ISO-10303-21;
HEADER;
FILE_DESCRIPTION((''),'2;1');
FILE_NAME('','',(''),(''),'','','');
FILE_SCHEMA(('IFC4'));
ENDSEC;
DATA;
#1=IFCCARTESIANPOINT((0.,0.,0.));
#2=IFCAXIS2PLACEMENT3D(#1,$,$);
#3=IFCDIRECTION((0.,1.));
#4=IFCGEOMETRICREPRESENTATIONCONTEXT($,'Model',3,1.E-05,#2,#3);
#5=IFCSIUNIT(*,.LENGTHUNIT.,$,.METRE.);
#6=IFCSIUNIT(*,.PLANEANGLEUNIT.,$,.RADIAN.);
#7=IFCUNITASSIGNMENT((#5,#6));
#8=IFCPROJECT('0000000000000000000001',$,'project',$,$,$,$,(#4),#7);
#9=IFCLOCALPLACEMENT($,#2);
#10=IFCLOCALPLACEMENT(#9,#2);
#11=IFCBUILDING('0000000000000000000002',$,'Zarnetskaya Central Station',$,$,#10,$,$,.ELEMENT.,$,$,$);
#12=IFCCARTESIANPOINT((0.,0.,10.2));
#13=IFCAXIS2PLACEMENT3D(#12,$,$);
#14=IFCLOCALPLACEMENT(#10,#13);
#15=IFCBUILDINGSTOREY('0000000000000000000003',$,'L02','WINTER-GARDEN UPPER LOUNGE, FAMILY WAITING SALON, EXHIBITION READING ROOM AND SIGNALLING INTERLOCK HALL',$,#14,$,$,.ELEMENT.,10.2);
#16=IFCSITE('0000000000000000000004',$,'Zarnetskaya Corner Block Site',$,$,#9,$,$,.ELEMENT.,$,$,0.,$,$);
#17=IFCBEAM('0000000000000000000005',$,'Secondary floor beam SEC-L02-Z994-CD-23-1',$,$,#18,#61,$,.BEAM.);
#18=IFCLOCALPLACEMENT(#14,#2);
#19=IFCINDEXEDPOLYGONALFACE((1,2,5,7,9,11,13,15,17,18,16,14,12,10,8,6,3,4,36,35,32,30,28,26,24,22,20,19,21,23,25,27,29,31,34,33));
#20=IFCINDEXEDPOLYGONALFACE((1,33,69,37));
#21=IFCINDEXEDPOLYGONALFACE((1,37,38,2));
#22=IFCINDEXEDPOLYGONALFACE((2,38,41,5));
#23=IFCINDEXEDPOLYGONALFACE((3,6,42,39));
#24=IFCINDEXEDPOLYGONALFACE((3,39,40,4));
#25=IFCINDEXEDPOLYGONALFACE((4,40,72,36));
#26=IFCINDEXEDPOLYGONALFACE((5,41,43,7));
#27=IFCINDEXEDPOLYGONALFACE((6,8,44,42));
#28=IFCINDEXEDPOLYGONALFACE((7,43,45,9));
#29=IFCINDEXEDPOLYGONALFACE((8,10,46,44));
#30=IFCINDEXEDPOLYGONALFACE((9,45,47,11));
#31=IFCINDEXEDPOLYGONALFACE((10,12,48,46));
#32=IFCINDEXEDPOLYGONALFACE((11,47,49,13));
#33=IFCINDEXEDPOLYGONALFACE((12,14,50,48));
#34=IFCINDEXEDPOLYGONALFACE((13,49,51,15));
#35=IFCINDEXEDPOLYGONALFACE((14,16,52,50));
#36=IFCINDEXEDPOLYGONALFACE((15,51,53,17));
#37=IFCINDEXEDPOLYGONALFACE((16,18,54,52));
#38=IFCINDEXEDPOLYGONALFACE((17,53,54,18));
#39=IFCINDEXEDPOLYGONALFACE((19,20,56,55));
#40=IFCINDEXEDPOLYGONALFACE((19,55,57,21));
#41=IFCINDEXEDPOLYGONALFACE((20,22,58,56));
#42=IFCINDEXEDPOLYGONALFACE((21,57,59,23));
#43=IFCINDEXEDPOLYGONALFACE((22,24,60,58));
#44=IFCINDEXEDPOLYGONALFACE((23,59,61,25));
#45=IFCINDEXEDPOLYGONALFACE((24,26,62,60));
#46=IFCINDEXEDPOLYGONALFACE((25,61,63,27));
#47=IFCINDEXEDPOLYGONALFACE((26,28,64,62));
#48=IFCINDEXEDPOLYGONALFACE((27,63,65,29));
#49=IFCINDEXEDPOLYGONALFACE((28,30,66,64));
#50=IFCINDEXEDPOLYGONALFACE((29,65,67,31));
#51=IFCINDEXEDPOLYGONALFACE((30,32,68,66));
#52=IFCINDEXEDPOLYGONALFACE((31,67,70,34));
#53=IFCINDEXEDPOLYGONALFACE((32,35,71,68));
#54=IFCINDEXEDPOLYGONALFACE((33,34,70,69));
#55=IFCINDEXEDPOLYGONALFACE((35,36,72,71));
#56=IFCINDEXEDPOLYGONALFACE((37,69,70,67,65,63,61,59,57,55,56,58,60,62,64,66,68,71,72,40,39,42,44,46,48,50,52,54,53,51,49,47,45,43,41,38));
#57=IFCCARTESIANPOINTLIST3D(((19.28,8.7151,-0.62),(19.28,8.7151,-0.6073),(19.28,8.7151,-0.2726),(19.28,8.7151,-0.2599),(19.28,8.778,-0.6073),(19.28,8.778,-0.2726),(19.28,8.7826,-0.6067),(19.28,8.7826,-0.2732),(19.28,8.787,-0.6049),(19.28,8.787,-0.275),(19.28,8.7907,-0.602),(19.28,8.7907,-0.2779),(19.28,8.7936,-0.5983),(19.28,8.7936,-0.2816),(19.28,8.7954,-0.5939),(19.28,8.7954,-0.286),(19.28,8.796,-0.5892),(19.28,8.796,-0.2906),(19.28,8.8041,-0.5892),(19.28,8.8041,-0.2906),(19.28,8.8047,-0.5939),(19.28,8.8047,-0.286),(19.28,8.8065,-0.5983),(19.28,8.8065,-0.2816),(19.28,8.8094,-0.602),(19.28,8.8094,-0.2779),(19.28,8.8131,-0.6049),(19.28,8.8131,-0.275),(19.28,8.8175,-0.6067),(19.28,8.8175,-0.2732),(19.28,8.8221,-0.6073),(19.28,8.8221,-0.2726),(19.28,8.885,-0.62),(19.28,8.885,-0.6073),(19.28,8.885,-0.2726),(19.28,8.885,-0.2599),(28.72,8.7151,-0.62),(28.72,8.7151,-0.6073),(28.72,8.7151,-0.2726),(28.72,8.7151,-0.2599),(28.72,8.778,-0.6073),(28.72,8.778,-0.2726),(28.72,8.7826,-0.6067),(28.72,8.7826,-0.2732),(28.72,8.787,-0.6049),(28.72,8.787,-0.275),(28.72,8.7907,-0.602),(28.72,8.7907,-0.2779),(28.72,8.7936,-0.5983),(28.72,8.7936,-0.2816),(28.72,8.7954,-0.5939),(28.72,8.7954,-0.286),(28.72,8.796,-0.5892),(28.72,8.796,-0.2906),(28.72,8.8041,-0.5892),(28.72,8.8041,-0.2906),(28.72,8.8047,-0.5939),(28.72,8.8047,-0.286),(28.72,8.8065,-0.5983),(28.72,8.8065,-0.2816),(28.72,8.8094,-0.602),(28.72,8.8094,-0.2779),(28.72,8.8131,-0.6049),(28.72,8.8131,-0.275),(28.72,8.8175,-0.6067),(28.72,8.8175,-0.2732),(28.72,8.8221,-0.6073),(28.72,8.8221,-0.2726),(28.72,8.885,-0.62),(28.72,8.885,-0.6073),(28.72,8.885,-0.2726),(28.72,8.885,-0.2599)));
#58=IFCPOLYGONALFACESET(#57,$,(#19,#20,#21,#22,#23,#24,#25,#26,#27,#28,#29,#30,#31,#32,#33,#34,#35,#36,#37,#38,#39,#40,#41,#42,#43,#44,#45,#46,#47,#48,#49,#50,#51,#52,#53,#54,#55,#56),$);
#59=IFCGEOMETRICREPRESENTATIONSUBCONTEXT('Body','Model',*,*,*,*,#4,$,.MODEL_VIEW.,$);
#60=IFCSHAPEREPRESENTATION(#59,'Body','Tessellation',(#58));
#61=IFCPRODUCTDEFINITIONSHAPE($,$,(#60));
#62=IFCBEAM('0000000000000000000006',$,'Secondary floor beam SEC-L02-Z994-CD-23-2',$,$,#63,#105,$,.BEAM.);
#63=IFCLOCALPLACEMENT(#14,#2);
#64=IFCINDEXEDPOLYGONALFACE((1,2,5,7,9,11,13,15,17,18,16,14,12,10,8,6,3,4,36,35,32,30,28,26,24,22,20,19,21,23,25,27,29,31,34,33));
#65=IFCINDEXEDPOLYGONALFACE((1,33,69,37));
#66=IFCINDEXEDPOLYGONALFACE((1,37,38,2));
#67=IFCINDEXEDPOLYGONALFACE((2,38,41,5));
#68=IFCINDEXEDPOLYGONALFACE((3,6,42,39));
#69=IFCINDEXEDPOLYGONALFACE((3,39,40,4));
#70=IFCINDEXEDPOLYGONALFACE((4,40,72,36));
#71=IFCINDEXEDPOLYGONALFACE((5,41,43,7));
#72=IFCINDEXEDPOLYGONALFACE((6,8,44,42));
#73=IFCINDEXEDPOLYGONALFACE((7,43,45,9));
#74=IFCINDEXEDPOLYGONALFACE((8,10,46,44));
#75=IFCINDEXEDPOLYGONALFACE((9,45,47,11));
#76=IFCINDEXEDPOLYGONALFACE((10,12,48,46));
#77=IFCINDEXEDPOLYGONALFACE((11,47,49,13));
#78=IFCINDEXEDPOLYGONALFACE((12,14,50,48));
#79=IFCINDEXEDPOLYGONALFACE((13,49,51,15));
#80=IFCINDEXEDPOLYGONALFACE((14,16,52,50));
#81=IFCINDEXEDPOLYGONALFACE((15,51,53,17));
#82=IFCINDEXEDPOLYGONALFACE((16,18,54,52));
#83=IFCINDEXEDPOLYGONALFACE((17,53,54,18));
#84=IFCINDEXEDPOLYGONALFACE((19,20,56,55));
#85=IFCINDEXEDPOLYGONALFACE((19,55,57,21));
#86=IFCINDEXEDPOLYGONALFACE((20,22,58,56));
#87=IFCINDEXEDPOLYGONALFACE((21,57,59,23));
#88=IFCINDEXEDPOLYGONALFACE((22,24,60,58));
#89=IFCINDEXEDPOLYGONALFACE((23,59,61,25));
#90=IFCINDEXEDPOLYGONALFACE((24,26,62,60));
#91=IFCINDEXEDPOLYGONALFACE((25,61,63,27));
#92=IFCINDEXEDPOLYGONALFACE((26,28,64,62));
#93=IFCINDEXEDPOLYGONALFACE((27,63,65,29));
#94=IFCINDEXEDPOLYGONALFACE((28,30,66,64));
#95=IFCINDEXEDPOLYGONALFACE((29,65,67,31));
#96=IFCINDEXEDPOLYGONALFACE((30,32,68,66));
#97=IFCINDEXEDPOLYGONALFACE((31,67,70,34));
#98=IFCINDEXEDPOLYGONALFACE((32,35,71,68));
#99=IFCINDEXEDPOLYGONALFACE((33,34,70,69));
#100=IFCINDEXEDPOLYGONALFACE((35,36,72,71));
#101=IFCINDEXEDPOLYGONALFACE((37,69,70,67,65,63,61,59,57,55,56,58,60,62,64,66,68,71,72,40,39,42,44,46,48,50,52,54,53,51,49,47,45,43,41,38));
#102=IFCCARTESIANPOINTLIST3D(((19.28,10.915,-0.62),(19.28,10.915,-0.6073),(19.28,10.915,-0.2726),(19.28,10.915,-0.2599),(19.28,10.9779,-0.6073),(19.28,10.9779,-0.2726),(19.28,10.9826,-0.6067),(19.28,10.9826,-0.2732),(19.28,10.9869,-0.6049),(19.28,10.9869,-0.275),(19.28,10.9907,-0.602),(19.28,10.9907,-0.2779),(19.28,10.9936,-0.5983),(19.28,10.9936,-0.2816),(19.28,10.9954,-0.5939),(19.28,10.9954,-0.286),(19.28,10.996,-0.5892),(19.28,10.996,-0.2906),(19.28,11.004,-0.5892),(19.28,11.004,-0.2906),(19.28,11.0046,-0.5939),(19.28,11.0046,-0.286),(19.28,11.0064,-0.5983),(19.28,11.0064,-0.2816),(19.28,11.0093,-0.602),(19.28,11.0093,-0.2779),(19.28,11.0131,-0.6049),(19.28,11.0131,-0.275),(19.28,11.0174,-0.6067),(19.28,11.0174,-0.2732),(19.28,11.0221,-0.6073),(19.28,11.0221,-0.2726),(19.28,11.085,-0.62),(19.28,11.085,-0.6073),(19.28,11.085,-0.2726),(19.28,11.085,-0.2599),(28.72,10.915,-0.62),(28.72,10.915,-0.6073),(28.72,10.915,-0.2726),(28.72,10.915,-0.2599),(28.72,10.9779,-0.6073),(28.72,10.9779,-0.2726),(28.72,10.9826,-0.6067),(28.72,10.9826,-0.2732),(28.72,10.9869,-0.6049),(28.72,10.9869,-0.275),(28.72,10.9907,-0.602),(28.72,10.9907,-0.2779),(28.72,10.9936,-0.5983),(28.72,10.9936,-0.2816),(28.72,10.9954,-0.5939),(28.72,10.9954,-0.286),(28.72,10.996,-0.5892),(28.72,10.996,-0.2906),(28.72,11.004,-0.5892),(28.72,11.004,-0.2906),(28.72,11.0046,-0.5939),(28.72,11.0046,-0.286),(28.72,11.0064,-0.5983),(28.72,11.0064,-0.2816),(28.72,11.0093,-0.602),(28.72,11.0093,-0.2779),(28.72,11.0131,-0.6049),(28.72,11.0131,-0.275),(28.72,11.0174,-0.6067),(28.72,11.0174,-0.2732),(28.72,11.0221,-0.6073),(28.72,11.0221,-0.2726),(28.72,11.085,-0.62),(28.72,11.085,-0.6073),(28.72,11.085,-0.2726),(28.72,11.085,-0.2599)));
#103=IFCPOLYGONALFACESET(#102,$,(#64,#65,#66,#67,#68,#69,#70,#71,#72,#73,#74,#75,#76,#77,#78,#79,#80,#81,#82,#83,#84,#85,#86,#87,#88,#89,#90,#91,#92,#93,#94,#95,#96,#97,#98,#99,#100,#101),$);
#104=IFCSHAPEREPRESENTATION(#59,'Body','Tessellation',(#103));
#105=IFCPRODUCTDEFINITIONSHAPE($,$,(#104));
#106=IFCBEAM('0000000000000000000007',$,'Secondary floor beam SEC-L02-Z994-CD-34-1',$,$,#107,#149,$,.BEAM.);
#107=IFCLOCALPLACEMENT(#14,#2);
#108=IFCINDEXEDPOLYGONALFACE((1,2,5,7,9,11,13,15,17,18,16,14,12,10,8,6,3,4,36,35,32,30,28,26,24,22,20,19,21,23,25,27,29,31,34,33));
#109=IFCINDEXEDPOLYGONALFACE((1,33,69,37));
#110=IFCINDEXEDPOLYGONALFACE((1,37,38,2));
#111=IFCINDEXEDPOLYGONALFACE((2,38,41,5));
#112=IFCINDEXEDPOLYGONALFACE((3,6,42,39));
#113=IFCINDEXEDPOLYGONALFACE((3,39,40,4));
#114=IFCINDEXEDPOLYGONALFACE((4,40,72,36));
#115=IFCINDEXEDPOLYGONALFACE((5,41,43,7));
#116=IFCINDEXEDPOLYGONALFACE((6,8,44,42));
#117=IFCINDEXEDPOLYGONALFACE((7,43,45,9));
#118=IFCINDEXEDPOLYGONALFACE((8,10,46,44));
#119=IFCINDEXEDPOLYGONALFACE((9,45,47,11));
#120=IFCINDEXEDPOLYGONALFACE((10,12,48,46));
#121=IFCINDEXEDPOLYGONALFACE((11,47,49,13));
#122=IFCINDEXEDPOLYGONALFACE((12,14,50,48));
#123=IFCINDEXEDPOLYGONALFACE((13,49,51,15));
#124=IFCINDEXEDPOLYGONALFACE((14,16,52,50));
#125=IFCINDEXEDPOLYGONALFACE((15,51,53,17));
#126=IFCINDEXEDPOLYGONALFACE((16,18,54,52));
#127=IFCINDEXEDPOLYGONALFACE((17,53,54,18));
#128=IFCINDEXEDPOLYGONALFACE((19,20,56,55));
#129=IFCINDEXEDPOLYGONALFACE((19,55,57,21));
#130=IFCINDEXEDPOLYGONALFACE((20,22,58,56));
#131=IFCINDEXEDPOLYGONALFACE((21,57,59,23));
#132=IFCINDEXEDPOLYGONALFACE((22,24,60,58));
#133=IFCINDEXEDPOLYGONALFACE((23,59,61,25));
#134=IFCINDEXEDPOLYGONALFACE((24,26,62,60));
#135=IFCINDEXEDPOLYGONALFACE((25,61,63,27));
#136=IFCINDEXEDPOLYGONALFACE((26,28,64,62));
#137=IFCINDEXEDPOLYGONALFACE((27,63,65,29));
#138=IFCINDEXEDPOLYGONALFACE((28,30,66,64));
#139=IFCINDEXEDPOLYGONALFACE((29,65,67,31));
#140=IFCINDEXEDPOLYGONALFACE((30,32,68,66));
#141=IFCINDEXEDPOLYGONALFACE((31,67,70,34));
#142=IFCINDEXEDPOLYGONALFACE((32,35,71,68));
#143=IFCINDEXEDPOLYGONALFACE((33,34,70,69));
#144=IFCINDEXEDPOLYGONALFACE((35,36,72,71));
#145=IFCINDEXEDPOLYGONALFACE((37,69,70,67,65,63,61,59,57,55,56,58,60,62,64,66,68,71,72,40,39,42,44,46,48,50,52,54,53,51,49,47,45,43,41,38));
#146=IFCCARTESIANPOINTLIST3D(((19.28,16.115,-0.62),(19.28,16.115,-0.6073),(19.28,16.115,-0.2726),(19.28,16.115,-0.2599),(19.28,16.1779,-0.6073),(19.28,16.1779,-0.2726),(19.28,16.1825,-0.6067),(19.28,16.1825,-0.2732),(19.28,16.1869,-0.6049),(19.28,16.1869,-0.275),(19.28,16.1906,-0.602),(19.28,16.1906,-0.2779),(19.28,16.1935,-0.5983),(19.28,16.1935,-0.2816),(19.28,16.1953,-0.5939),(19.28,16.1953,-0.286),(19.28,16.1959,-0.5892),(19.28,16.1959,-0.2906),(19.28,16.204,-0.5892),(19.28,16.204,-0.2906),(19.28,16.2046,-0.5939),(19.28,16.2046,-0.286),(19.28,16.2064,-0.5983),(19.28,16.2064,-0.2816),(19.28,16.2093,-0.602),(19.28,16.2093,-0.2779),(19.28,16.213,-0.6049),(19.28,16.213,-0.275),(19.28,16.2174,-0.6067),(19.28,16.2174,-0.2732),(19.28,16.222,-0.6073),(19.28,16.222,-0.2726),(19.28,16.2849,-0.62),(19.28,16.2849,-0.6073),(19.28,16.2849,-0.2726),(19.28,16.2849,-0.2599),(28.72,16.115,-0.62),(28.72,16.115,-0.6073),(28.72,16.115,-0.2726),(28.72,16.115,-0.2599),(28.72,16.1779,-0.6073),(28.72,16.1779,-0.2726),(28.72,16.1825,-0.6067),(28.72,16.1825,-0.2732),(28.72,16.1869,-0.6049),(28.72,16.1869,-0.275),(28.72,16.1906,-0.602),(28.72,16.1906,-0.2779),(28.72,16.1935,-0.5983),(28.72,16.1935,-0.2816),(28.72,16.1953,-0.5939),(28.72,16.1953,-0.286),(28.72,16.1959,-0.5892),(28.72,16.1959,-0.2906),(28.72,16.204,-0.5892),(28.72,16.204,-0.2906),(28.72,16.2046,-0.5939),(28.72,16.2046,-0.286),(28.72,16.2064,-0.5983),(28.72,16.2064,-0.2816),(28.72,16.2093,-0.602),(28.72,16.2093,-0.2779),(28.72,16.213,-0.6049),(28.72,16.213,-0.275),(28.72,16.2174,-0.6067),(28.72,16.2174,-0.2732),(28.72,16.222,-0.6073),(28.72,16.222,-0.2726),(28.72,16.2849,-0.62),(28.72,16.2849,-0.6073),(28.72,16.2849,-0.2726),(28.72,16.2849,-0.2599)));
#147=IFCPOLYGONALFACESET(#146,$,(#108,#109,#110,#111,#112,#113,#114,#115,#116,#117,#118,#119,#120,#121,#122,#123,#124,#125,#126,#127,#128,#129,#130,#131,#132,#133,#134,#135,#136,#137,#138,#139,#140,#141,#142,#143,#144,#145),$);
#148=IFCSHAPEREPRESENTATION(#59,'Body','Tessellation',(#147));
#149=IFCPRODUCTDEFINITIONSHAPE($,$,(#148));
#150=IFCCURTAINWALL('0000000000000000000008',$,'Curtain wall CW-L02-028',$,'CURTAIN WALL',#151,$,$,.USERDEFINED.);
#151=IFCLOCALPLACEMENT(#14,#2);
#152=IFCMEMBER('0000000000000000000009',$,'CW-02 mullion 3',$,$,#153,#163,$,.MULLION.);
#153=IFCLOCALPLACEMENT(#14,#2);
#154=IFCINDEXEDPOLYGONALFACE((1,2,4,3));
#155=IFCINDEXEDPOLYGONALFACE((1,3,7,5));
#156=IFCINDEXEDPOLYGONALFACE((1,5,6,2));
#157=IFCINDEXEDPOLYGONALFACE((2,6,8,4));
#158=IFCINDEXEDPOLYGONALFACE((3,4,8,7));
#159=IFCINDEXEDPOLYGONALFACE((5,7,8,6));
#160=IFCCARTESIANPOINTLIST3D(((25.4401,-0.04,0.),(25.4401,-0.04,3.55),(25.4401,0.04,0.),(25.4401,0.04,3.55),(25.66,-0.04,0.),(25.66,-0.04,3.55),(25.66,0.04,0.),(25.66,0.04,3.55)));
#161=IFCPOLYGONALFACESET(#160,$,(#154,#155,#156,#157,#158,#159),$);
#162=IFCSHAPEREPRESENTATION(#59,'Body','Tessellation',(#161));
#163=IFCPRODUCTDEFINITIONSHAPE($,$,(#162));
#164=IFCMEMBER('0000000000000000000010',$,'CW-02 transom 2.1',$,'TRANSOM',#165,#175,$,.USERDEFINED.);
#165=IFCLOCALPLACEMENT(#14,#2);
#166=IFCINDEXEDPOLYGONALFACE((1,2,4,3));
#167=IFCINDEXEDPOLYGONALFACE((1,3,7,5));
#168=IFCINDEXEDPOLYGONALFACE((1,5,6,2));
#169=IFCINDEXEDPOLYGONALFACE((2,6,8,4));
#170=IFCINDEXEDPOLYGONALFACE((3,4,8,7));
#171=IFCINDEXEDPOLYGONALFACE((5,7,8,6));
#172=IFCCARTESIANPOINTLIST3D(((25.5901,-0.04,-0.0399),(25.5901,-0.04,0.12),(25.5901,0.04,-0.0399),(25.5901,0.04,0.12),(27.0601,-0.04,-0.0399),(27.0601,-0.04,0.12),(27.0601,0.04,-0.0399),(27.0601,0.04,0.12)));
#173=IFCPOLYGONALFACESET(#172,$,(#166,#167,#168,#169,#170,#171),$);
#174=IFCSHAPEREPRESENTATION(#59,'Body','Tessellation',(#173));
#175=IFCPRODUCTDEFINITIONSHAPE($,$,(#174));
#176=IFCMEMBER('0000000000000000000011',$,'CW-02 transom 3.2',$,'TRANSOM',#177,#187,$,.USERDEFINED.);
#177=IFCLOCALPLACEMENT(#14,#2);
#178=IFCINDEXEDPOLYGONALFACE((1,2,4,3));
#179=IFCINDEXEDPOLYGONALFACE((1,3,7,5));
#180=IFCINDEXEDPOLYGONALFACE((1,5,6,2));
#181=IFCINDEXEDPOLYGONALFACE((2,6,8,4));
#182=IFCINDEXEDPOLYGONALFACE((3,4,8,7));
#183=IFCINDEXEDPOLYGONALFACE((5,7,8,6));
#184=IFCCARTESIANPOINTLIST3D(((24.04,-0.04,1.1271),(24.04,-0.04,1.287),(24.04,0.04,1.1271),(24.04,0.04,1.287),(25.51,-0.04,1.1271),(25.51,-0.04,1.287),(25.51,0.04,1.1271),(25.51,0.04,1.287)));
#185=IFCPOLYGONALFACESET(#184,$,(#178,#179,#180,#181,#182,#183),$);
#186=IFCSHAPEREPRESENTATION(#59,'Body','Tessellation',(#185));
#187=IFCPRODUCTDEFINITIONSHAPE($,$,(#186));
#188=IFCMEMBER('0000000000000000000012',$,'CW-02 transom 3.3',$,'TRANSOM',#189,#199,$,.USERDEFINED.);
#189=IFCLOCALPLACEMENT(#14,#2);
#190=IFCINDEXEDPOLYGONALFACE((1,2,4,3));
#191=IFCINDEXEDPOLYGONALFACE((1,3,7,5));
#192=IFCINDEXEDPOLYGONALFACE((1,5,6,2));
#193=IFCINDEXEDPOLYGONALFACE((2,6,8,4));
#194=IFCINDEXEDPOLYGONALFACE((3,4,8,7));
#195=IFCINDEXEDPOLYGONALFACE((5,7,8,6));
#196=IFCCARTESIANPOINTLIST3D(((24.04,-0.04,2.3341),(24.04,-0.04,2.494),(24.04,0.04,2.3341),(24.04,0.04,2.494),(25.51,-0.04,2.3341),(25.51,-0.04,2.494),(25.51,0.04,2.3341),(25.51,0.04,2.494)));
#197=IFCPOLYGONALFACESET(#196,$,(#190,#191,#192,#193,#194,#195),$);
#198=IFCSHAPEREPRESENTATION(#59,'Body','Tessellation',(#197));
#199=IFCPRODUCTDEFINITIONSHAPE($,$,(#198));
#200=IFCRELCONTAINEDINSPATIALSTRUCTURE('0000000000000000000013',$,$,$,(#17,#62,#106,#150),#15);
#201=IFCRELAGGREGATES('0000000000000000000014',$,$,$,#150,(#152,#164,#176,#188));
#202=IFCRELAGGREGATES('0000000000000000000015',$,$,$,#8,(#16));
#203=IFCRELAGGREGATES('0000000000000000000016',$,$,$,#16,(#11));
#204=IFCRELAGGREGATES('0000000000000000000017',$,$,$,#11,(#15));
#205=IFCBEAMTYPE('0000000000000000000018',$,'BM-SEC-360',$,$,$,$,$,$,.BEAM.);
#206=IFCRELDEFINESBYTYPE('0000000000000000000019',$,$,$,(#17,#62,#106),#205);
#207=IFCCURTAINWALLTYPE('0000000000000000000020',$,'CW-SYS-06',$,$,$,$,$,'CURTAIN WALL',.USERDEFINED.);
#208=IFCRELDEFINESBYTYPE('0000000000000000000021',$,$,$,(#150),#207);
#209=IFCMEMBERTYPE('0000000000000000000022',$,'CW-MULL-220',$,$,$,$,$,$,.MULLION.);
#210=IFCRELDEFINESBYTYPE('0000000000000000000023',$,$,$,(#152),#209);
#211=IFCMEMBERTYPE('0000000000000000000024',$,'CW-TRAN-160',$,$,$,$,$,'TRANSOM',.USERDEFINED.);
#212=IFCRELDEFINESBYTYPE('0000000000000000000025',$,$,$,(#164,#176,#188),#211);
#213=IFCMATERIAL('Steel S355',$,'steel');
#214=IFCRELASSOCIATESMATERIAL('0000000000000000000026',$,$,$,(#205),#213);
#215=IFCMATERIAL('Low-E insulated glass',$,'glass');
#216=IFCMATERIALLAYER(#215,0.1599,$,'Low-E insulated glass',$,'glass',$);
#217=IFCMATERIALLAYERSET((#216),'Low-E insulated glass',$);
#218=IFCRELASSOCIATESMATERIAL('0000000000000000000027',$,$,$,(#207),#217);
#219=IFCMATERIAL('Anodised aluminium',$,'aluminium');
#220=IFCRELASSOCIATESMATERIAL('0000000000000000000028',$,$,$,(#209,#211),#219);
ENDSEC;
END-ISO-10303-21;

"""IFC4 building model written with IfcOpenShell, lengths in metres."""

from ifc_helpers import new_model, si_unit, direction, frame, origin, origin_2d, place, context, subcontext, project, spatial, rectangle, i_section, extrude, material, layer, layer_set, material_profile, profile_set, type_object, element, aggregate, save


model = new_model("IFC4")

# Units and contexts
model_context = context("Model", 3, precision=1e-05, world=origin(), true_north=direction((0.0, 1.0)))
body_context = subcontext(model_context, "Body", "Model", "MODEL_VIEW")
ifc_project = project(units=[si_unit("LENGTHUNIT", "METRE"), si_unit("PLANEANGLEUNIT", "RADIAN")], contexts=[model_context])

# Site, building, storey
site_placement = place(None, origin())
site = spatial("IfcSite", under=ifc_project, at=site_placement, Name="Zarnetskaya Corner Block Site", CompositionType="ELEMENT", RefElevation=0.0)
building_placement = place(site_placement, origin())
building = spatial("IfcBuilding", under=site, at=building_placement, Name="Zarnetskaya Central Station", CompositionType="ELEMENT")
storey_placement = place(building_placement, frame((0.0, 0.0, 10.2)))
storey = spatial("IfcBuildingStorey", under=building, at=storey_placement, Name="L02", Description="WINTER-GARDEN UPPER LOUNGE, FAMILY WAITING SALON, EXHIBITION READING ROOM AND SIGNALLING INTERLOCK HALL", CompositionType="ELEMENT", Elevation=10.2)

# Shared definitions
ifc_material_1 = material(Name="Steel S355", Category="steel")

# Beams
ifc_material_profile_1 = material_profile(ifc_material_1, i_section(OverallWidth=0.1699, OverallDepth=0.3601, WebThickness=0.0081, FlangeThickness=0.0127, FilletRadius=0.0181, at=origin_2d()), Name="IPE 360")
ifc_profile_set_1 = profile_set([ifc_material_profile_1], Name="Steel S355")
beam_type_1 = type_object("IfcBeamType", Name="BM-SEC-360", PredefinedType="BEAM", material=ifc_profile_set_1)
for number, where, z_axis, x_axis, name in (
    (1, (19.28, 8.8, -0.4399), (1.0, 0.0, 0.0), (0.0, 1.0, 0.0), "Secondary floor beam SEC-L02-Z994-CD-23-1"),
    (2, (19.28, 11.0, -0.4399), (1.0, 0.0, 0.0), (0.0, 1.0, 0.0), "Secondary floor beam SEC-L02-Z994-CD-23-2"),
    (3, (19.28, 16.2, -0.4399), (1.0, 0.0, 0.0), (0.0, 1.0, 0.0), "Secondary floor beam SEC-L02-Z994-CD-34-1"),
):
    element("IfcBeam", number, at=place(storey_placement, frame(where, z_axis=z_axis, x_axis=x_axis)), inside=storey, type_object=beam_type_1, Name=name, PredefinedType="BEAM", context=body_context, shape_type="SweptSolid", body=[
        extrude(i_section(OverallWidth=0.1699, OverallDepth=0.3601, WebThickness=0.0081, FlangeThickness=0.0127, FilletRadius=0.0181, at=origin_2d()), origin(), (0.0, 0.0, 1.0), 9.4399),
    ])

# Curtain wall, members
ifc_material_2 = material(Name="Low-E insulated glass", Category="glass")
ifc_layer_1 = layer(ifc_material_2, 0.1599, Name="Low-E insulated glass", Category="glass")
ifc_layer_set_1 = layer_set([ifc_layer_1], Name="Low-E insulated glass")
curtain_wall_type = type_object("IfcCurtainWallType", Name="CW-SYS-06", ElementType="CURTAIN WALL", PredefinedType="USERDEFINED", material=ifc_layer_set_1)
curtain_wall_placement = place(storey_placement, origin())
curtain_wall = element("IfcCurtainWall", 4, at=curtain_wall_placement, inside=storey, type_object=curtain_wall_type, Name="Curtain wall CW-L02-028", ObjectType="CURTAIN WALL", PredefinedType="USERDEFINED")
ifc_material_3 = material(Name="Anodised aluminium", Category="aluminium")
ifc_material_profile_2 = material_profile(ifc_material_3, rectangle(XDim=0.0801, YDim=0.22, at=origin_2d()), Name="ALU MULL 80x220")
ifc_profile_set_2 = profile_set([ifc_material_profile_2], Name="Anodised aluminium")
member_type_1 = type_object("IfcMemberType", Name="CW-MULL-220", PredefinedType="MULLION", material=ifc_profile_set_2)
member_1_placement = place(storey_placement, frame((25.55, 0.0, 0.0), z_axis=(0.0, 0.0, 1.0), x_axis=(0.0, -1.0, 0.0)))
member_1 = element("IfcMember", 5, at=member_1_placement, type_object=member_type_1, Name="CW-02 mullion 3", PredefinedType="MULLION", context=body_context, shape_type="SweptSolid", body=[
    extrude(rectangle(XDim=0.0801, YDim=0.22, at=origin_2d()), origin(), (0.0, 0.0, 1.0), 3.55),
])
ifc_material_profile_3 = material_profile(ifc_material_3, rectangle(XDim=0.0801, YDim=0.1599, at=origin_2d()), Name="ALU TRAN 80x160")
ifc_profile_set_3 = profile_set([ifc_material_profile_3], Name="Anodised aluminium")
member_type_2 = type_object("IfcMemberType", Name="CW-TRAN-160", ElementType="TRANSOM", PredefinedType="USERDEFINED", material=ifc_profile_set_3)
member_2_placement = place(storey_placement, frame((27.0601, 0.0, 0.04), z_axis=(-1.0, 0.0, 0.0), x_axis=(0.0, -1.0, 0.0)))
member_2 = element("IfcMember", 6, at=member_2_placement, type_object=member_type_2, Name="CW-02 transom 2.1", ObjectType="TRANSOM", PredefinedType="USERDEFINED", context=body_context, shape_type="SweptSolid", body=[
    extrude(rectangle(XDim=0.0801, YDim=0.1599, at=origin_2d()), origin(), (0.0, 0.0, 1.0), 1.47),
])
member_3_placement = place(storey_placement, frame((25.51, 0.0, 1.207), z_axis=(-1.0, 0.0, 0.0), x_axis=(0.0, -1.0, 0.0)))
member_3 = element("IfcMember", 7, at=member_3_placement, type_object=member_type_2, Name="CW-02 transom 3.2", ObjectType="TRANSOM", PredefinedType="USERDEFINED", context=body_context, shape_type="SweptSolid", body=[
    extrude(rectangle(XDim=0.0801, YDim=0.1599, at=origin_2d()), origin(), (0.0, 0.0, 1.0), 1.47),
])
member_4_placement = place(storey_placement, frame((25.51, 0.0, 2.4141), z_axis=(-1.0, 0.0, 0.0), x_axis=(0.0, -1.0, 0.0)))
member_4 = element("IfcMember", 8, at=member_4_placement, type_object=member_type_2, Name="CW-02 transom 3.3", ObjectType="TRANSOM", PredefinedType="USERDEFINED", context=body_context, shape_type="SweptSolid", body=[
    extrude(rectangle(XDim=0.0801, YDim=0.1599, at=origin_2d()), origin(), (0.0, 0.0, 1.0), 1.47),
])

aggregate(curtain_wall, [member_1, member_2, member_3, member_4])

save(model, "model.ifc")
